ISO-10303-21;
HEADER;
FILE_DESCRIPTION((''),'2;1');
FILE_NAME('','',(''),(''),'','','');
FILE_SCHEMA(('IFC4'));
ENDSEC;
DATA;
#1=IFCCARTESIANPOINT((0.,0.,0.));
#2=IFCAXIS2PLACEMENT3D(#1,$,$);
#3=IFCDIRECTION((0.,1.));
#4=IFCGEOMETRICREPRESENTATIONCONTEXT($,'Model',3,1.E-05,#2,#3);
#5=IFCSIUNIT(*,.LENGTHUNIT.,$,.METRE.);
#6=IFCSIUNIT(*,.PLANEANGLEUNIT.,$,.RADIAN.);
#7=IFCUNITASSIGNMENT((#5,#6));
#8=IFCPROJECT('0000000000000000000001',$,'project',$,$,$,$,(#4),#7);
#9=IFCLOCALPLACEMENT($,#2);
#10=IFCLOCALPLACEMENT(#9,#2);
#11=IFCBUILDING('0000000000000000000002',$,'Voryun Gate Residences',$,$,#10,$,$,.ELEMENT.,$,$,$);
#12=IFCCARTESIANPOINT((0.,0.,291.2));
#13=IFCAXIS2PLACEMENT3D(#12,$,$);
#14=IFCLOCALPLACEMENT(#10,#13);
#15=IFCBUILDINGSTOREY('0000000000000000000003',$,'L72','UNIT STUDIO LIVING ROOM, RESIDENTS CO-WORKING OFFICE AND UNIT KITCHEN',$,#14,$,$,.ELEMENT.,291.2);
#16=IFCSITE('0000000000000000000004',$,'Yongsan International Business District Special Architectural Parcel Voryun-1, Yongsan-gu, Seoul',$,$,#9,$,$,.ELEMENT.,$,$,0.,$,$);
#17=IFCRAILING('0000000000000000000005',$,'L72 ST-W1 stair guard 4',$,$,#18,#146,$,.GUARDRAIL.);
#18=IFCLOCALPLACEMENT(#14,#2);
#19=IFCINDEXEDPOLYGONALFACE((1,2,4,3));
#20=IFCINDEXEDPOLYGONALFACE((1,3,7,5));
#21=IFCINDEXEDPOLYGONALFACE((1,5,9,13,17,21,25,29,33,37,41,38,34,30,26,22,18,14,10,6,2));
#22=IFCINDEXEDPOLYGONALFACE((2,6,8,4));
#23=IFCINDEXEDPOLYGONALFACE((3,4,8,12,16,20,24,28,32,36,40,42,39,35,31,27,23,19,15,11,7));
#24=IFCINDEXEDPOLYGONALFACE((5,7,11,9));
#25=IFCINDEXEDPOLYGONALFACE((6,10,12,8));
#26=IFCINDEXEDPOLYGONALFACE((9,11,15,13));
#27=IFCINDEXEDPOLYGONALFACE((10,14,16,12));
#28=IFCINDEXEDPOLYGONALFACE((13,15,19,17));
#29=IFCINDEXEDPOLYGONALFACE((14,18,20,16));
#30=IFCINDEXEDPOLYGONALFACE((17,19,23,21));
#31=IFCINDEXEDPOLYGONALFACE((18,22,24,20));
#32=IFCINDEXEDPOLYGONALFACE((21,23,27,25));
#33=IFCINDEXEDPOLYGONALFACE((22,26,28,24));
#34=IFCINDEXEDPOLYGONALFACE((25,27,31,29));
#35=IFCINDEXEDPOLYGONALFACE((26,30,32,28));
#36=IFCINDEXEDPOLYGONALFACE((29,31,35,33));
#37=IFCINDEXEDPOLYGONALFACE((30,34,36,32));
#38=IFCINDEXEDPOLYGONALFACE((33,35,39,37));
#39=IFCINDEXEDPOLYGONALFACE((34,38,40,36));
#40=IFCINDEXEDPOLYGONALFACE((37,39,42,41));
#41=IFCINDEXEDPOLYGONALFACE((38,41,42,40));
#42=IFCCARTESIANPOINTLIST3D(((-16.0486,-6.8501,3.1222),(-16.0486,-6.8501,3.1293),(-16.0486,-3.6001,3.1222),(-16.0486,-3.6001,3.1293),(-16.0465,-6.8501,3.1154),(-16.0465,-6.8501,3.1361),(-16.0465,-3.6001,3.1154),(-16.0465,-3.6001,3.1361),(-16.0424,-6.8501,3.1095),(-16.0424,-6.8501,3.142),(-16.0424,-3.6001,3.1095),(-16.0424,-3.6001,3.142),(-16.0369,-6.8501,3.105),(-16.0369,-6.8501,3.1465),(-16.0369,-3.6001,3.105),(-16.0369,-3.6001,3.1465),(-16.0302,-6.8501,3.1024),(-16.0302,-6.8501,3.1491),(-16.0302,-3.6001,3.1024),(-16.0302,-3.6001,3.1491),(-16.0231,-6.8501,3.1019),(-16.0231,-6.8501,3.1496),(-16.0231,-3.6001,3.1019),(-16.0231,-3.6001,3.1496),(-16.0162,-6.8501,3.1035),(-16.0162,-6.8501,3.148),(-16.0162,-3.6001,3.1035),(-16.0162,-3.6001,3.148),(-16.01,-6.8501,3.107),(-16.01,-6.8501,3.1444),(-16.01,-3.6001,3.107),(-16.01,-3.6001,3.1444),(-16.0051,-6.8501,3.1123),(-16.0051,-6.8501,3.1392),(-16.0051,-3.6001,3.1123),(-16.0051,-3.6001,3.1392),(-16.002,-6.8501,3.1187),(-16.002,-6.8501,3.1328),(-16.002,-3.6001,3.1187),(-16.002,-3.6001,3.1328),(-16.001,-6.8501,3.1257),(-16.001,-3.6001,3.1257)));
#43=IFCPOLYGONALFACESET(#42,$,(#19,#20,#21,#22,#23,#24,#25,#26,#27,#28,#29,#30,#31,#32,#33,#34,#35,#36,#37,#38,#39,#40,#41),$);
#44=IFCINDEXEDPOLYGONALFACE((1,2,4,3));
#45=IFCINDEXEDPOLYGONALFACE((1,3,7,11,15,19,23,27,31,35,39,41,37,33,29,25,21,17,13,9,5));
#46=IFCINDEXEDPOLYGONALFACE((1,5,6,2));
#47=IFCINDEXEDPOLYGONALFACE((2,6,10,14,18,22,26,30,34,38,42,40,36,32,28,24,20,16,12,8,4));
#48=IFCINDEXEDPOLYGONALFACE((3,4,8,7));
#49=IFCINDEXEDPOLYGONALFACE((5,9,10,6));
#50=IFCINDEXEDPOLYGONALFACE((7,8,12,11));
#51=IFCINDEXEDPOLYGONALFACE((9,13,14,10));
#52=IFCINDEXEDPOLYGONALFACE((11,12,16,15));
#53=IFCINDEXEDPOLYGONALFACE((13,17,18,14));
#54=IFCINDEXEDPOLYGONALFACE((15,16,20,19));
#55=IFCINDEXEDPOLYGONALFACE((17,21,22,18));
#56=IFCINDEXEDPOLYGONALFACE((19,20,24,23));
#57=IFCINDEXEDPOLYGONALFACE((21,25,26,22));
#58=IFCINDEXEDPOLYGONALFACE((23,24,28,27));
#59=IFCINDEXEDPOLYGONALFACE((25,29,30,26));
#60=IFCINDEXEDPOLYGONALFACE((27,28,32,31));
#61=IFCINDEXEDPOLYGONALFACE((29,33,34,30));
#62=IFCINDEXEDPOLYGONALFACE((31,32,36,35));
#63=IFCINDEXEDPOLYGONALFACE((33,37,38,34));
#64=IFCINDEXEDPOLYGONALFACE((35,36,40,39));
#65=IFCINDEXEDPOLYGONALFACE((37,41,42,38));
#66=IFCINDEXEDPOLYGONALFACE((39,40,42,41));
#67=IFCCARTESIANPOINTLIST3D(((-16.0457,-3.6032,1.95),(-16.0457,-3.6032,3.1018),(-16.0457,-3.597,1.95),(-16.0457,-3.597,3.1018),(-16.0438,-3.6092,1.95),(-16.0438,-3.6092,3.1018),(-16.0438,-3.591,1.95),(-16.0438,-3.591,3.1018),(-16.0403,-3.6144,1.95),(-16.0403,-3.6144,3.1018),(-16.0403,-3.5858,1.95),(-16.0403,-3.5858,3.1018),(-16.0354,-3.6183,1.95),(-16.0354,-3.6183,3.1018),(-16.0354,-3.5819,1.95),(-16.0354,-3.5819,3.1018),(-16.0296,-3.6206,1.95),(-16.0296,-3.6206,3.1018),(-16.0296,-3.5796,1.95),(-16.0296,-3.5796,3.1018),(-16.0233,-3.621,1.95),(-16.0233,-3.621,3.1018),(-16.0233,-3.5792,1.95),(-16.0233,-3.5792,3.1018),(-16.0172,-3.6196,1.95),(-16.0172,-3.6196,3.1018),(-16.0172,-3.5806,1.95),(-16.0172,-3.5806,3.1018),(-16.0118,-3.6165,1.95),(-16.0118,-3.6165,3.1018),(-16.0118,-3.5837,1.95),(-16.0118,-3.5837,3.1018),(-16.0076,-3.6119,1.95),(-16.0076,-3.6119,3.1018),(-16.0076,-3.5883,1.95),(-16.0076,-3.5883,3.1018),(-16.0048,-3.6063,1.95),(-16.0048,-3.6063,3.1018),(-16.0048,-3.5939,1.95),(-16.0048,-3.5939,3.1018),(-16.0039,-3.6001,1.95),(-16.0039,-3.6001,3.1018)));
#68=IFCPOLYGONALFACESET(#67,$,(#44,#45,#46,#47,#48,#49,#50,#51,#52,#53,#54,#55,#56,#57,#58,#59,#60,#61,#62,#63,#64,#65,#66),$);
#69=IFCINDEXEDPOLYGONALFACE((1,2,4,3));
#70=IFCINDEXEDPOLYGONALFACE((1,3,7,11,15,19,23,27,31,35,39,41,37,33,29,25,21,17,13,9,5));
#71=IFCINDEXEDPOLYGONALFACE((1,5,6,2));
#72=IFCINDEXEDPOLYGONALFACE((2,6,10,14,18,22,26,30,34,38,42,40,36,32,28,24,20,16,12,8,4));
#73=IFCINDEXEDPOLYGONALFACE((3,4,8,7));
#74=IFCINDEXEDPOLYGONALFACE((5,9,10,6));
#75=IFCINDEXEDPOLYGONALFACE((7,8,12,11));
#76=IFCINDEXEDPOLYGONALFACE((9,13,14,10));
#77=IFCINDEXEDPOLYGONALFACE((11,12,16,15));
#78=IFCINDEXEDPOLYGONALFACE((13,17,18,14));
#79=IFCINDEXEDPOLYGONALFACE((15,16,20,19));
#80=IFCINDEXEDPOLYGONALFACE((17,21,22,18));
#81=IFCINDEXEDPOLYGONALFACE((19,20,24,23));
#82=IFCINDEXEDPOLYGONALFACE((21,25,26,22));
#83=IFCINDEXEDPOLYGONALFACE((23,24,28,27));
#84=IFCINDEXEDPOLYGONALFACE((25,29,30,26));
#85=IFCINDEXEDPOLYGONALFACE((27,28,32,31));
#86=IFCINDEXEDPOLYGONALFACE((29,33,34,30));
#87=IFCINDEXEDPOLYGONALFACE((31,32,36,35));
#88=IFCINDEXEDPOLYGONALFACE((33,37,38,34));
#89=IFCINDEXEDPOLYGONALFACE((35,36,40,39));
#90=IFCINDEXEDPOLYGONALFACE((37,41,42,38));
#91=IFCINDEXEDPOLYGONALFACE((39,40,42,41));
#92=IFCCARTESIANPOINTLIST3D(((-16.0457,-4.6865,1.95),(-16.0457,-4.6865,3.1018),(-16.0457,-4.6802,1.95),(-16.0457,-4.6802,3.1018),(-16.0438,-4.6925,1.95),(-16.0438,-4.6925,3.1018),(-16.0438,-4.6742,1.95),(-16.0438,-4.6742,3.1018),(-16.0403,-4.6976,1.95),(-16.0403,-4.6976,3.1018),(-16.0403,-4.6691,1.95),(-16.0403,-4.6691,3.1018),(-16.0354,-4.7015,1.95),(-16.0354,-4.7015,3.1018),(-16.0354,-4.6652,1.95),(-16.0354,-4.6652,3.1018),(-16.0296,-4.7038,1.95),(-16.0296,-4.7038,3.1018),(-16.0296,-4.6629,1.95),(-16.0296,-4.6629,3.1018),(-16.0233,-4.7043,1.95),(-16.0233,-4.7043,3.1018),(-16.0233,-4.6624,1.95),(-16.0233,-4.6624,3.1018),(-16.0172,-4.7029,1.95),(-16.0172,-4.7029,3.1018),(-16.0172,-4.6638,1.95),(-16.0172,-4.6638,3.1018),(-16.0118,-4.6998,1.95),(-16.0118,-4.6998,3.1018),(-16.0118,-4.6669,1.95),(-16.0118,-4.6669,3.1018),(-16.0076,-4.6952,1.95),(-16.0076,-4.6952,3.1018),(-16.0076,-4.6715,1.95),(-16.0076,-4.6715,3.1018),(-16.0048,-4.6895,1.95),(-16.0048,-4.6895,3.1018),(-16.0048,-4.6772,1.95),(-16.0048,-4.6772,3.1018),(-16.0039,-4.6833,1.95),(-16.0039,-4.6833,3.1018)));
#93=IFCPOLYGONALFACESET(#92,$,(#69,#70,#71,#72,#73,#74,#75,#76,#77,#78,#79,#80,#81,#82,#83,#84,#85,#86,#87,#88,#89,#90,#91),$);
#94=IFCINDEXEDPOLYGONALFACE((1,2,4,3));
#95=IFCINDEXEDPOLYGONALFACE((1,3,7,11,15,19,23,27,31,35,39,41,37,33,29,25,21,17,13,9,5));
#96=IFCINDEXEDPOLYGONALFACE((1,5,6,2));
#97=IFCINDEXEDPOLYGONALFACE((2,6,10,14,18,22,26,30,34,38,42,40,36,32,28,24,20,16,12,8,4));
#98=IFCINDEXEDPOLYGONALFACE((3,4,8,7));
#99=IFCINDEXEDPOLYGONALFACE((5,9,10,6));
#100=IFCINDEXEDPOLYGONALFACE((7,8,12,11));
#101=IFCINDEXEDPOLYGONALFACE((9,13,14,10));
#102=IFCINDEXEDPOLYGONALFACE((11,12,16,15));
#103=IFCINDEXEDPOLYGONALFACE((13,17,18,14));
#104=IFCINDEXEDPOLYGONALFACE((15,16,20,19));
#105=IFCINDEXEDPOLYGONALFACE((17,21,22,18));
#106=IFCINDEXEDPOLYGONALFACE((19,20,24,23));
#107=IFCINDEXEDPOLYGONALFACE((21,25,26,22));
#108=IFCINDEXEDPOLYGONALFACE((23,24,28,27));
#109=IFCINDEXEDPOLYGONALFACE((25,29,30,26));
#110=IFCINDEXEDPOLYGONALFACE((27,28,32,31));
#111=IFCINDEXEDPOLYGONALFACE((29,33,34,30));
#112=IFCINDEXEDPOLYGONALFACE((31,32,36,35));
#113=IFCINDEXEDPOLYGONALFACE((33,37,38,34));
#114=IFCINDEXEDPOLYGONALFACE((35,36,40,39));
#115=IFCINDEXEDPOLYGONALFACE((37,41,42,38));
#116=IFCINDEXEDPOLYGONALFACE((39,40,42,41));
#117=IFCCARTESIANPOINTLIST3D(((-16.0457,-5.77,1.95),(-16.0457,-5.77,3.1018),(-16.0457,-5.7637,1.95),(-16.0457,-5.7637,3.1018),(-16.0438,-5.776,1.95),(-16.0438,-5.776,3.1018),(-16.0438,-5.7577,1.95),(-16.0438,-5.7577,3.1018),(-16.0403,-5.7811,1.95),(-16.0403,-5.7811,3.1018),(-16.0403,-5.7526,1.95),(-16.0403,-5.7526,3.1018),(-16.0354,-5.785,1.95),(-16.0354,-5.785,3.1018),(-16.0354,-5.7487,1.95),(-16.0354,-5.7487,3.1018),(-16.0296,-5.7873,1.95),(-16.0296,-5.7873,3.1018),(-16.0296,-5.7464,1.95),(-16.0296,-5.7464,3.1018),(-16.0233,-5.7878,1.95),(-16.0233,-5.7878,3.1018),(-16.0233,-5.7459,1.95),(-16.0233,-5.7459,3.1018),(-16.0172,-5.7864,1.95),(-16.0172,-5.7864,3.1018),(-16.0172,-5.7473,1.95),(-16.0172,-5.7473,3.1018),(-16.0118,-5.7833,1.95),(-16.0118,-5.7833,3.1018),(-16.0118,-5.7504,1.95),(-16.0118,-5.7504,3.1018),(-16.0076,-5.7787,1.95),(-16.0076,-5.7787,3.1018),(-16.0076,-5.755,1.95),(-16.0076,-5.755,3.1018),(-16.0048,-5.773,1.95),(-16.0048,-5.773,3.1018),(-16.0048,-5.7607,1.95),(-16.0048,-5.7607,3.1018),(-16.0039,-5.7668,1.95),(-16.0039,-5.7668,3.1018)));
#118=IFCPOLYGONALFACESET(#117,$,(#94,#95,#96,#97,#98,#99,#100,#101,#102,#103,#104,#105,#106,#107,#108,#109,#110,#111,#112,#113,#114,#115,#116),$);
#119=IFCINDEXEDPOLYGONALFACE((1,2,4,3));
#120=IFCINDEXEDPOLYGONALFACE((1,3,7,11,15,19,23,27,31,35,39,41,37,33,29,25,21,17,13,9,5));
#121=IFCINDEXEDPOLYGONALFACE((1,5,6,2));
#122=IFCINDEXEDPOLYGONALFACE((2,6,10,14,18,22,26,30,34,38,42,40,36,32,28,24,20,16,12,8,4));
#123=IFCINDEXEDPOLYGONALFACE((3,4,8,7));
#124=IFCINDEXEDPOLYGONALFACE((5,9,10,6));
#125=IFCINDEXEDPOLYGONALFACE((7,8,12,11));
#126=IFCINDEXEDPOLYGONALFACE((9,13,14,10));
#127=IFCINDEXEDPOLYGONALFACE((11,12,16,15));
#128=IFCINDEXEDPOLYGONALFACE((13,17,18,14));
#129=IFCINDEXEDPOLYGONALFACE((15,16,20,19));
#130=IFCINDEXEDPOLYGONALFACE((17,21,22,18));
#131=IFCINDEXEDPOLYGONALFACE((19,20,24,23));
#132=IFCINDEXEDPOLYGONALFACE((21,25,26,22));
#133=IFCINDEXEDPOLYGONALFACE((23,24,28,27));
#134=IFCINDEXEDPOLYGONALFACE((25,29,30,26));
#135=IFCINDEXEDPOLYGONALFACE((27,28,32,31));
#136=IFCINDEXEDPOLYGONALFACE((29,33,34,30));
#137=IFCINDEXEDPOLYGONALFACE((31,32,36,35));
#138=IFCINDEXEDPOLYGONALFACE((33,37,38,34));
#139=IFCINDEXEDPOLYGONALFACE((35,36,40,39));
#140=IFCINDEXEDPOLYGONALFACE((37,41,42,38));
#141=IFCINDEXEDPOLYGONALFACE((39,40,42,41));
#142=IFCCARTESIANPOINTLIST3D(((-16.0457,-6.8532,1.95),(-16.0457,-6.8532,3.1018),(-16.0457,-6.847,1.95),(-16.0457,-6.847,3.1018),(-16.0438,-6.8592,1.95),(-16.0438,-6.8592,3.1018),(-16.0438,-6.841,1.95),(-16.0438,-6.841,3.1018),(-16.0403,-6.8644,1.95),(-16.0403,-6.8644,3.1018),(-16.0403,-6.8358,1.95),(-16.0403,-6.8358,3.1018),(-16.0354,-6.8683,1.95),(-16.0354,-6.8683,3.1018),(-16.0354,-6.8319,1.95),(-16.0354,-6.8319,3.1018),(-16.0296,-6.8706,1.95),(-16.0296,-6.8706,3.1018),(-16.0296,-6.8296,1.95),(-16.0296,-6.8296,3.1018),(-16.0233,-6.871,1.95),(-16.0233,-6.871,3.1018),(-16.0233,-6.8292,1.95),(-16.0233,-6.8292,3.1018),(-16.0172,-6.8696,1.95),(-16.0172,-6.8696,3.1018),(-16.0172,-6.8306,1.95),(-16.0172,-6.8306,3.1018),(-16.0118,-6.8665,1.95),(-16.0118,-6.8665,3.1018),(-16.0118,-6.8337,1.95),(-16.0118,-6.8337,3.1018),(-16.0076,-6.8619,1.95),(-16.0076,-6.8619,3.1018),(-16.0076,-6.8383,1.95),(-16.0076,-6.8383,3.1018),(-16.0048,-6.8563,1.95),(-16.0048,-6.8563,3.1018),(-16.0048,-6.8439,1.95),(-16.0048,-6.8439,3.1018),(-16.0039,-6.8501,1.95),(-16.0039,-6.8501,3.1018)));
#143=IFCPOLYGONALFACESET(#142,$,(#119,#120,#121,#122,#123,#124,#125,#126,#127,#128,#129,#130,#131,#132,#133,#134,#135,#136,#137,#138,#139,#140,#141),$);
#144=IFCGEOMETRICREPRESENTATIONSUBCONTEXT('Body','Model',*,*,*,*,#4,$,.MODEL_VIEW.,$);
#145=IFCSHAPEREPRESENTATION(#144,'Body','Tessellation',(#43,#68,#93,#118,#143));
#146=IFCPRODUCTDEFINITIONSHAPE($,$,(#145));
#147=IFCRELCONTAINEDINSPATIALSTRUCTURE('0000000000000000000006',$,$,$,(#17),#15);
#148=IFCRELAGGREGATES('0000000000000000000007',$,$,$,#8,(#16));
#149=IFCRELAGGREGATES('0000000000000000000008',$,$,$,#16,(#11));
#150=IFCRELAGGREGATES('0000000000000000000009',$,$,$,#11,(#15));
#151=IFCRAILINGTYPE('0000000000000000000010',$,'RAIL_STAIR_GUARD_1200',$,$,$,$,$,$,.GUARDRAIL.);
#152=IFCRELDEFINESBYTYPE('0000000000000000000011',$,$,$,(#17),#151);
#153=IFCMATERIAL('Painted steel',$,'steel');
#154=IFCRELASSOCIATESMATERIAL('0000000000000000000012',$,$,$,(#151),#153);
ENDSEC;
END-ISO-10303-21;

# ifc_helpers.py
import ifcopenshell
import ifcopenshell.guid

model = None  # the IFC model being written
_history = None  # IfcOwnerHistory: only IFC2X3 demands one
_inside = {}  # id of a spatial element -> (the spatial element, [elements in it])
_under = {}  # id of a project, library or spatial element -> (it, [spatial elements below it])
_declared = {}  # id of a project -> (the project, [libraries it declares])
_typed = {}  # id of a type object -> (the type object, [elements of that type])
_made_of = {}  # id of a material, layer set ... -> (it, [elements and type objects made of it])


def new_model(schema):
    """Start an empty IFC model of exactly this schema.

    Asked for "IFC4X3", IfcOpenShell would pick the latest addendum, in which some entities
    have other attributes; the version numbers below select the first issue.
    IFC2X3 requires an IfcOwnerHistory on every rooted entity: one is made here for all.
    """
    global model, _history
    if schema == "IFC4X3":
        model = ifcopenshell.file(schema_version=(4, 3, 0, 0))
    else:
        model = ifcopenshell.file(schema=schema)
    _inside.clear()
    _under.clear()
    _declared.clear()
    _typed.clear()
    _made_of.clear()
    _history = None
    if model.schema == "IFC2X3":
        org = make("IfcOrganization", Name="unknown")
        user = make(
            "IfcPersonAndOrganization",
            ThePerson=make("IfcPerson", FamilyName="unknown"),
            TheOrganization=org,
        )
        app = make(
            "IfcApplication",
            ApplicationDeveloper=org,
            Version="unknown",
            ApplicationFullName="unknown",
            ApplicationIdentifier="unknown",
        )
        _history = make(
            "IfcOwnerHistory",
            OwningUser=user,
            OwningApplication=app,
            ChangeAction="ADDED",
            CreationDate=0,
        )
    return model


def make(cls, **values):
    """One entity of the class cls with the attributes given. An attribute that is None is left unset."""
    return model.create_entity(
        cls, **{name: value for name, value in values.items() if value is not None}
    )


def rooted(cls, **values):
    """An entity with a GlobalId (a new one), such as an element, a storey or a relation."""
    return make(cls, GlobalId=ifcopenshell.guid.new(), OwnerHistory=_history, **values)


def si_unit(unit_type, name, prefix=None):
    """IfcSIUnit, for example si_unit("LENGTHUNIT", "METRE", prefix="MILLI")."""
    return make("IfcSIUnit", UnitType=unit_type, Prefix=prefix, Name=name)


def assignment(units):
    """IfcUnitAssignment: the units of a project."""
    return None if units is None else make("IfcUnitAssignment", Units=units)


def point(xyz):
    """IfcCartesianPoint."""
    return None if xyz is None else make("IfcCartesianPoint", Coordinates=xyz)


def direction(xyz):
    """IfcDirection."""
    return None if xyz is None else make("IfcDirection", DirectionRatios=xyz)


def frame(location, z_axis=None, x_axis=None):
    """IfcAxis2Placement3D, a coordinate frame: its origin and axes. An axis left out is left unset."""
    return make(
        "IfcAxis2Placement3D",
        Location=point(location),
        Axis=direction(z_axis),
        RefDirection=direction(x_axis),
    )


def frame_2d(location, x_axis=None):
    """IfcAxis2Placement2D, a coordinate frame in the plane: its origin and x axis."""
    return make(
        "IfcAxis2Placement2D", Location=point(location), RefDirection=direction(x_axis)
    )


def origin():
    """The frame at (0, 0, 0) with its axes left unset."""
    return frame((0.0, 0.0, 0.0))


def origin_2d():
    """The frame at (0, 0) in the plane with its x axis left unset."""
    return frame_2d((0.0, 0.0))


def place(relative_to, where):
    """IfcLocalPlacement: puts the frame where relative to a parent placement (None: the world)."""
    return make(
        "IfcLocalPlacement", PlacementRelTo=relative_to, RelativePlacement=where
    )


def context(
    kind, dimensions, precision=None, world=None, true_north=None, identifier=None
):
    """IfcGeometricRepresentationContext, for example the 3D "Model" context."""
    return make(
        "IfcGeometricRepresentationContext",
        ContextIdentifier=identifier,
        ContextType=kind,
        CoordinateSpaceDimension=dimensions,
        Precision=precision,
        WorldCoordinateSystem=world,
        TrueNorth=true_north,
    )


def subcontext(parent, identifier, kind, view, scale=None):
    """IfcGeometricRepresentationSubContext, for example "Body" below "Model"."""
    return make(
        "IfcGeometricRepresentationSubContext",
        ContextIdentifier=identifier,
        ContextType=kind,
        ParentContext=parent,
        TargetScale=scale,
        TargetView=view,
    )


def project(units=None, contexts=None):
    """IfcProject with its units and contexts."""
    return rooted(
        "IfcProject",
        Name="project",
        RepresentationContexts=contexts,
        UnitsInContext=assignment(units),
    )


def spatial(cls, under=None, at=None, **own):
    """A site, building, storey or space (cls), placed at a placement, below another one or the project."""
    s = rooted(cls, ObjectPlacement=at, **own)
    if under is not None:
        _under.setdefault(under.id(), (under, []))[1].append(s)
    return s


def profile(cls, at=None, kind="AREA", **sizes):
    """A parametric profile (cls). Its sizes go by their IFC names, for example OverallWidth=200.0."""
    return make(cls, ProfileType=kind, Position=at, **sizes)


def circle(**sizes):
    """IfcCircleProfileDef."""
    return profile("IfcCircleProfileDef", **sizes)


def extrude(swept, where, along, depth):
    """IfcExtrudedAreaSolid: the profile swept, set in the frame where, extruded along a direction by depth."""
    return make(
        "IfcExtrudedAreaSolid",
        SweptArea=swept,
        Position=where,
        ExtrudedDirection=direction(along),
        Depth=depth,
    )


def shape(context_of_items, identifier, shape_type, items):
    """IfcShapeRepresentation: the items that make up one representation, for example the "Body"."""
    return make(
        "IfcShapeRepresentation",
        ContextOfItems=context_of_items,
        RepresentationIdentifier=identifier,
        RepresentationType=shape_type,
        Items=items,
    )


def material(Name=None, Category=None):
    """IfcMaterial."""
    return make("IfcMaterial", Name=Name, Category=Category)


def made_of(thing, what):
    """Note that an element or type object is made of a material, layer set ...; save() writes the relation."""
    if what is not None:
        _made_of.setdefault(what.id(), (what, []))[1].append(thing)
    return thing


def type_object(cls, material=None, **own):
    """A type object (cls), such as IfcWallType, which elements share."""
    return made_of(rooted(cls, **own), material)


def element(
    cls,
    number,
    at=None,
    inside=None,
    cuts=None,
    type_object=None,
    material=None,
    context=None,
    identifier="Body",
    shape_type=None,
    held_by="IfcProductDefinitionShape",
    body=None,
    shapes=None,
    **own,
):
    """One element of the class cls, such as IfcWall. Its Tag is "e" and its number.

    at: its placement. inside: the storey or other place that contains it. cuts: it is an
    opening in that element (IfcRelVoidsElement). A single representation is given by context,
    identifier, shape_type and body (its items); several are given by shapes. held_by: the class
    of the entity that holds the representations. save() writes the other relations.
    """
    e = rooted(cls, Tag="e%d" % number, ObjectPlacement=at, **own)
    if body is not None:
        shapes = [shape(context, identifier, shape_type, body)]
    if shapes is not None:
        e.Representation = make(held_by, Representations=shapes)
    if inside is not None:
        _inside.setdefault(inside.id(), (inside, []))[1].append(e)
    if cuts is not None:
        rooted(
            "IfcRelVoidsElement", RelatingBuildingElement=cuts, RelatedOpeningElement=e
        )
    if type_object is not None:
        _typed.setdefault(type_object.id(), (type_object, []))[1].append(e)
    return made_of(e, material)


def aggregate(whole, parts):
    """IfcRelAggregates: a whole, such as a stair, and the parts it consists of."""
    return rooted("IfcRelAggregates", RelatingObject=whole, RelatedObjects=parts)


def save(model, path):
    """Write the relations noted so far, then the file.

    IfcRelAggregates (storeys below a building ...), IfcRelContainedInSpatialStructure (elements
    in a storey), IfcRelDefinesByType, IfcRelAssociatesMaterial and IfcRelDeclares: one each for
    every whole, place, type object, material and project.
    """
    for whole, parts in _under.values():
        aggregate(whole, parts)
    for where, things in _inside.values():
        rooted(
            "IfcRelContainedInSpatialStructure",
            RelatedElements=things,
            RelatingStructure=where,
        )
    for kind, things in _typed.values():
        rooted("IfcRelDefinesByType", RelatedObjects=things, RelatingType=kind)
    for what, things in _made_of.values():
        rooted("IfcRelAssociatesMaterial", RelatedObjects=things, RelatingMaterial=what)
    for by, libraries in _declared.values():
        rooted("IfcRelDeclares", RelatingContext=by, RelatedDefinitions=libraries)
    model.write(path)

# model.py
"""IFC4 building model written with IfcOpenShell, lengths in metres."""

from ifc_helpers import new_model, si_unit, direction, frame, origin, origin_2d, place, context, subcontext, project, spatial, circle, extrude, material, type_object, element, save


model = new_model("IFC4")

# Units and contexts
model_context = context("Model", 3, precision=1e-05, world=origin(), true_north=direction((0.0, 1.0)))
body_context = subcontext(model_context, "Body", "Model", "MODEL_VIEW")
ifc_project = project(units=[si_unit("LENGTHUNIT", "METRE"), si_unit("PLANEANGLEUNIT", "RADIAN")], contexts=[model_context])

# Site, building, storey
site_placement = place(None, origin())
site = spatial("IfcSite", under=ifc_project, at=site_placement, Name="Yongsan International Business District Special Architectural Parcel Voryun-1, Yongsan-gu, Seoul", CompositionType="ELEMENT", RefElevation=0.0)
building_placement = place(site_placement, origin())
building = spatial("IfcBuilding", under=site, at=building_placement, Name="Voryun Gate Residences", CompositionType="ELEMENT")
storey_placement = place(building_placement, frame((0.0, 0.0, 291.2)))
storey = spatial("IfcBuildingStorey", under=building, at=storey_placement, Name="L72", Description="UNIT STUDIO LIVING ROOM, RESIDENTS CO-WORKING OFFICE AND UNIT KITCHEN", CompositionType="ELEMENT", Elevation=291.2)

# Railing
ifc_material_1 = material(Name="Painted steel", Category="steel")
railing_type_1 = type_object("IfcRailingType", Name="RAIL_STAIR_GUARD_1200", PredefinedType="GUARDRAIL", material=ifc_material_1)
railing_1_placement = place(storey_placement, frame((-16.0249, -3.6001, 1.95)))
element("IfcRailing", 1, at=railing_1_placement, inside=storey, type_object=railing_type_1, Name="L72 ST-W1 stair guard 4", PredefinedType="GUARDRAIL", context=body_context, shape_type="SweptSolid", body=[
    extrude(circle(Radius=0.0239, at=origin_2d()), frame((0.0, 0.0, 1.1758), z_axis=(0.0, -1.0, 0.0), x_axis=(1.0, 0.0, 0.0)), (0.0, 0.0, 1.0), 3.25),
    extrude(circle(Radius=0.021, at=origin_2d()), origin(), (0.0, 0.0, 1.0), 1.1519),
    extrude(circle(Radius=0.021, at=origin_2d()), frame((0.0, -1.0833, 0.0)), (0.0, 0.0, 1.0), 1.1519),
    extrude(circle(Radius=0.021, at=origin_2d()), frame((0.0, -2.1667, 0.0)), (0.0, 0.0, 1.0), 1.1519),
    extrude(circle(Radius=0.021, at=origin_2d()), frame((0.0, -3.25, 0.0)), (0.0, 0.0, 1.0), 1.1519),
])

save(model, "model.ifc")
